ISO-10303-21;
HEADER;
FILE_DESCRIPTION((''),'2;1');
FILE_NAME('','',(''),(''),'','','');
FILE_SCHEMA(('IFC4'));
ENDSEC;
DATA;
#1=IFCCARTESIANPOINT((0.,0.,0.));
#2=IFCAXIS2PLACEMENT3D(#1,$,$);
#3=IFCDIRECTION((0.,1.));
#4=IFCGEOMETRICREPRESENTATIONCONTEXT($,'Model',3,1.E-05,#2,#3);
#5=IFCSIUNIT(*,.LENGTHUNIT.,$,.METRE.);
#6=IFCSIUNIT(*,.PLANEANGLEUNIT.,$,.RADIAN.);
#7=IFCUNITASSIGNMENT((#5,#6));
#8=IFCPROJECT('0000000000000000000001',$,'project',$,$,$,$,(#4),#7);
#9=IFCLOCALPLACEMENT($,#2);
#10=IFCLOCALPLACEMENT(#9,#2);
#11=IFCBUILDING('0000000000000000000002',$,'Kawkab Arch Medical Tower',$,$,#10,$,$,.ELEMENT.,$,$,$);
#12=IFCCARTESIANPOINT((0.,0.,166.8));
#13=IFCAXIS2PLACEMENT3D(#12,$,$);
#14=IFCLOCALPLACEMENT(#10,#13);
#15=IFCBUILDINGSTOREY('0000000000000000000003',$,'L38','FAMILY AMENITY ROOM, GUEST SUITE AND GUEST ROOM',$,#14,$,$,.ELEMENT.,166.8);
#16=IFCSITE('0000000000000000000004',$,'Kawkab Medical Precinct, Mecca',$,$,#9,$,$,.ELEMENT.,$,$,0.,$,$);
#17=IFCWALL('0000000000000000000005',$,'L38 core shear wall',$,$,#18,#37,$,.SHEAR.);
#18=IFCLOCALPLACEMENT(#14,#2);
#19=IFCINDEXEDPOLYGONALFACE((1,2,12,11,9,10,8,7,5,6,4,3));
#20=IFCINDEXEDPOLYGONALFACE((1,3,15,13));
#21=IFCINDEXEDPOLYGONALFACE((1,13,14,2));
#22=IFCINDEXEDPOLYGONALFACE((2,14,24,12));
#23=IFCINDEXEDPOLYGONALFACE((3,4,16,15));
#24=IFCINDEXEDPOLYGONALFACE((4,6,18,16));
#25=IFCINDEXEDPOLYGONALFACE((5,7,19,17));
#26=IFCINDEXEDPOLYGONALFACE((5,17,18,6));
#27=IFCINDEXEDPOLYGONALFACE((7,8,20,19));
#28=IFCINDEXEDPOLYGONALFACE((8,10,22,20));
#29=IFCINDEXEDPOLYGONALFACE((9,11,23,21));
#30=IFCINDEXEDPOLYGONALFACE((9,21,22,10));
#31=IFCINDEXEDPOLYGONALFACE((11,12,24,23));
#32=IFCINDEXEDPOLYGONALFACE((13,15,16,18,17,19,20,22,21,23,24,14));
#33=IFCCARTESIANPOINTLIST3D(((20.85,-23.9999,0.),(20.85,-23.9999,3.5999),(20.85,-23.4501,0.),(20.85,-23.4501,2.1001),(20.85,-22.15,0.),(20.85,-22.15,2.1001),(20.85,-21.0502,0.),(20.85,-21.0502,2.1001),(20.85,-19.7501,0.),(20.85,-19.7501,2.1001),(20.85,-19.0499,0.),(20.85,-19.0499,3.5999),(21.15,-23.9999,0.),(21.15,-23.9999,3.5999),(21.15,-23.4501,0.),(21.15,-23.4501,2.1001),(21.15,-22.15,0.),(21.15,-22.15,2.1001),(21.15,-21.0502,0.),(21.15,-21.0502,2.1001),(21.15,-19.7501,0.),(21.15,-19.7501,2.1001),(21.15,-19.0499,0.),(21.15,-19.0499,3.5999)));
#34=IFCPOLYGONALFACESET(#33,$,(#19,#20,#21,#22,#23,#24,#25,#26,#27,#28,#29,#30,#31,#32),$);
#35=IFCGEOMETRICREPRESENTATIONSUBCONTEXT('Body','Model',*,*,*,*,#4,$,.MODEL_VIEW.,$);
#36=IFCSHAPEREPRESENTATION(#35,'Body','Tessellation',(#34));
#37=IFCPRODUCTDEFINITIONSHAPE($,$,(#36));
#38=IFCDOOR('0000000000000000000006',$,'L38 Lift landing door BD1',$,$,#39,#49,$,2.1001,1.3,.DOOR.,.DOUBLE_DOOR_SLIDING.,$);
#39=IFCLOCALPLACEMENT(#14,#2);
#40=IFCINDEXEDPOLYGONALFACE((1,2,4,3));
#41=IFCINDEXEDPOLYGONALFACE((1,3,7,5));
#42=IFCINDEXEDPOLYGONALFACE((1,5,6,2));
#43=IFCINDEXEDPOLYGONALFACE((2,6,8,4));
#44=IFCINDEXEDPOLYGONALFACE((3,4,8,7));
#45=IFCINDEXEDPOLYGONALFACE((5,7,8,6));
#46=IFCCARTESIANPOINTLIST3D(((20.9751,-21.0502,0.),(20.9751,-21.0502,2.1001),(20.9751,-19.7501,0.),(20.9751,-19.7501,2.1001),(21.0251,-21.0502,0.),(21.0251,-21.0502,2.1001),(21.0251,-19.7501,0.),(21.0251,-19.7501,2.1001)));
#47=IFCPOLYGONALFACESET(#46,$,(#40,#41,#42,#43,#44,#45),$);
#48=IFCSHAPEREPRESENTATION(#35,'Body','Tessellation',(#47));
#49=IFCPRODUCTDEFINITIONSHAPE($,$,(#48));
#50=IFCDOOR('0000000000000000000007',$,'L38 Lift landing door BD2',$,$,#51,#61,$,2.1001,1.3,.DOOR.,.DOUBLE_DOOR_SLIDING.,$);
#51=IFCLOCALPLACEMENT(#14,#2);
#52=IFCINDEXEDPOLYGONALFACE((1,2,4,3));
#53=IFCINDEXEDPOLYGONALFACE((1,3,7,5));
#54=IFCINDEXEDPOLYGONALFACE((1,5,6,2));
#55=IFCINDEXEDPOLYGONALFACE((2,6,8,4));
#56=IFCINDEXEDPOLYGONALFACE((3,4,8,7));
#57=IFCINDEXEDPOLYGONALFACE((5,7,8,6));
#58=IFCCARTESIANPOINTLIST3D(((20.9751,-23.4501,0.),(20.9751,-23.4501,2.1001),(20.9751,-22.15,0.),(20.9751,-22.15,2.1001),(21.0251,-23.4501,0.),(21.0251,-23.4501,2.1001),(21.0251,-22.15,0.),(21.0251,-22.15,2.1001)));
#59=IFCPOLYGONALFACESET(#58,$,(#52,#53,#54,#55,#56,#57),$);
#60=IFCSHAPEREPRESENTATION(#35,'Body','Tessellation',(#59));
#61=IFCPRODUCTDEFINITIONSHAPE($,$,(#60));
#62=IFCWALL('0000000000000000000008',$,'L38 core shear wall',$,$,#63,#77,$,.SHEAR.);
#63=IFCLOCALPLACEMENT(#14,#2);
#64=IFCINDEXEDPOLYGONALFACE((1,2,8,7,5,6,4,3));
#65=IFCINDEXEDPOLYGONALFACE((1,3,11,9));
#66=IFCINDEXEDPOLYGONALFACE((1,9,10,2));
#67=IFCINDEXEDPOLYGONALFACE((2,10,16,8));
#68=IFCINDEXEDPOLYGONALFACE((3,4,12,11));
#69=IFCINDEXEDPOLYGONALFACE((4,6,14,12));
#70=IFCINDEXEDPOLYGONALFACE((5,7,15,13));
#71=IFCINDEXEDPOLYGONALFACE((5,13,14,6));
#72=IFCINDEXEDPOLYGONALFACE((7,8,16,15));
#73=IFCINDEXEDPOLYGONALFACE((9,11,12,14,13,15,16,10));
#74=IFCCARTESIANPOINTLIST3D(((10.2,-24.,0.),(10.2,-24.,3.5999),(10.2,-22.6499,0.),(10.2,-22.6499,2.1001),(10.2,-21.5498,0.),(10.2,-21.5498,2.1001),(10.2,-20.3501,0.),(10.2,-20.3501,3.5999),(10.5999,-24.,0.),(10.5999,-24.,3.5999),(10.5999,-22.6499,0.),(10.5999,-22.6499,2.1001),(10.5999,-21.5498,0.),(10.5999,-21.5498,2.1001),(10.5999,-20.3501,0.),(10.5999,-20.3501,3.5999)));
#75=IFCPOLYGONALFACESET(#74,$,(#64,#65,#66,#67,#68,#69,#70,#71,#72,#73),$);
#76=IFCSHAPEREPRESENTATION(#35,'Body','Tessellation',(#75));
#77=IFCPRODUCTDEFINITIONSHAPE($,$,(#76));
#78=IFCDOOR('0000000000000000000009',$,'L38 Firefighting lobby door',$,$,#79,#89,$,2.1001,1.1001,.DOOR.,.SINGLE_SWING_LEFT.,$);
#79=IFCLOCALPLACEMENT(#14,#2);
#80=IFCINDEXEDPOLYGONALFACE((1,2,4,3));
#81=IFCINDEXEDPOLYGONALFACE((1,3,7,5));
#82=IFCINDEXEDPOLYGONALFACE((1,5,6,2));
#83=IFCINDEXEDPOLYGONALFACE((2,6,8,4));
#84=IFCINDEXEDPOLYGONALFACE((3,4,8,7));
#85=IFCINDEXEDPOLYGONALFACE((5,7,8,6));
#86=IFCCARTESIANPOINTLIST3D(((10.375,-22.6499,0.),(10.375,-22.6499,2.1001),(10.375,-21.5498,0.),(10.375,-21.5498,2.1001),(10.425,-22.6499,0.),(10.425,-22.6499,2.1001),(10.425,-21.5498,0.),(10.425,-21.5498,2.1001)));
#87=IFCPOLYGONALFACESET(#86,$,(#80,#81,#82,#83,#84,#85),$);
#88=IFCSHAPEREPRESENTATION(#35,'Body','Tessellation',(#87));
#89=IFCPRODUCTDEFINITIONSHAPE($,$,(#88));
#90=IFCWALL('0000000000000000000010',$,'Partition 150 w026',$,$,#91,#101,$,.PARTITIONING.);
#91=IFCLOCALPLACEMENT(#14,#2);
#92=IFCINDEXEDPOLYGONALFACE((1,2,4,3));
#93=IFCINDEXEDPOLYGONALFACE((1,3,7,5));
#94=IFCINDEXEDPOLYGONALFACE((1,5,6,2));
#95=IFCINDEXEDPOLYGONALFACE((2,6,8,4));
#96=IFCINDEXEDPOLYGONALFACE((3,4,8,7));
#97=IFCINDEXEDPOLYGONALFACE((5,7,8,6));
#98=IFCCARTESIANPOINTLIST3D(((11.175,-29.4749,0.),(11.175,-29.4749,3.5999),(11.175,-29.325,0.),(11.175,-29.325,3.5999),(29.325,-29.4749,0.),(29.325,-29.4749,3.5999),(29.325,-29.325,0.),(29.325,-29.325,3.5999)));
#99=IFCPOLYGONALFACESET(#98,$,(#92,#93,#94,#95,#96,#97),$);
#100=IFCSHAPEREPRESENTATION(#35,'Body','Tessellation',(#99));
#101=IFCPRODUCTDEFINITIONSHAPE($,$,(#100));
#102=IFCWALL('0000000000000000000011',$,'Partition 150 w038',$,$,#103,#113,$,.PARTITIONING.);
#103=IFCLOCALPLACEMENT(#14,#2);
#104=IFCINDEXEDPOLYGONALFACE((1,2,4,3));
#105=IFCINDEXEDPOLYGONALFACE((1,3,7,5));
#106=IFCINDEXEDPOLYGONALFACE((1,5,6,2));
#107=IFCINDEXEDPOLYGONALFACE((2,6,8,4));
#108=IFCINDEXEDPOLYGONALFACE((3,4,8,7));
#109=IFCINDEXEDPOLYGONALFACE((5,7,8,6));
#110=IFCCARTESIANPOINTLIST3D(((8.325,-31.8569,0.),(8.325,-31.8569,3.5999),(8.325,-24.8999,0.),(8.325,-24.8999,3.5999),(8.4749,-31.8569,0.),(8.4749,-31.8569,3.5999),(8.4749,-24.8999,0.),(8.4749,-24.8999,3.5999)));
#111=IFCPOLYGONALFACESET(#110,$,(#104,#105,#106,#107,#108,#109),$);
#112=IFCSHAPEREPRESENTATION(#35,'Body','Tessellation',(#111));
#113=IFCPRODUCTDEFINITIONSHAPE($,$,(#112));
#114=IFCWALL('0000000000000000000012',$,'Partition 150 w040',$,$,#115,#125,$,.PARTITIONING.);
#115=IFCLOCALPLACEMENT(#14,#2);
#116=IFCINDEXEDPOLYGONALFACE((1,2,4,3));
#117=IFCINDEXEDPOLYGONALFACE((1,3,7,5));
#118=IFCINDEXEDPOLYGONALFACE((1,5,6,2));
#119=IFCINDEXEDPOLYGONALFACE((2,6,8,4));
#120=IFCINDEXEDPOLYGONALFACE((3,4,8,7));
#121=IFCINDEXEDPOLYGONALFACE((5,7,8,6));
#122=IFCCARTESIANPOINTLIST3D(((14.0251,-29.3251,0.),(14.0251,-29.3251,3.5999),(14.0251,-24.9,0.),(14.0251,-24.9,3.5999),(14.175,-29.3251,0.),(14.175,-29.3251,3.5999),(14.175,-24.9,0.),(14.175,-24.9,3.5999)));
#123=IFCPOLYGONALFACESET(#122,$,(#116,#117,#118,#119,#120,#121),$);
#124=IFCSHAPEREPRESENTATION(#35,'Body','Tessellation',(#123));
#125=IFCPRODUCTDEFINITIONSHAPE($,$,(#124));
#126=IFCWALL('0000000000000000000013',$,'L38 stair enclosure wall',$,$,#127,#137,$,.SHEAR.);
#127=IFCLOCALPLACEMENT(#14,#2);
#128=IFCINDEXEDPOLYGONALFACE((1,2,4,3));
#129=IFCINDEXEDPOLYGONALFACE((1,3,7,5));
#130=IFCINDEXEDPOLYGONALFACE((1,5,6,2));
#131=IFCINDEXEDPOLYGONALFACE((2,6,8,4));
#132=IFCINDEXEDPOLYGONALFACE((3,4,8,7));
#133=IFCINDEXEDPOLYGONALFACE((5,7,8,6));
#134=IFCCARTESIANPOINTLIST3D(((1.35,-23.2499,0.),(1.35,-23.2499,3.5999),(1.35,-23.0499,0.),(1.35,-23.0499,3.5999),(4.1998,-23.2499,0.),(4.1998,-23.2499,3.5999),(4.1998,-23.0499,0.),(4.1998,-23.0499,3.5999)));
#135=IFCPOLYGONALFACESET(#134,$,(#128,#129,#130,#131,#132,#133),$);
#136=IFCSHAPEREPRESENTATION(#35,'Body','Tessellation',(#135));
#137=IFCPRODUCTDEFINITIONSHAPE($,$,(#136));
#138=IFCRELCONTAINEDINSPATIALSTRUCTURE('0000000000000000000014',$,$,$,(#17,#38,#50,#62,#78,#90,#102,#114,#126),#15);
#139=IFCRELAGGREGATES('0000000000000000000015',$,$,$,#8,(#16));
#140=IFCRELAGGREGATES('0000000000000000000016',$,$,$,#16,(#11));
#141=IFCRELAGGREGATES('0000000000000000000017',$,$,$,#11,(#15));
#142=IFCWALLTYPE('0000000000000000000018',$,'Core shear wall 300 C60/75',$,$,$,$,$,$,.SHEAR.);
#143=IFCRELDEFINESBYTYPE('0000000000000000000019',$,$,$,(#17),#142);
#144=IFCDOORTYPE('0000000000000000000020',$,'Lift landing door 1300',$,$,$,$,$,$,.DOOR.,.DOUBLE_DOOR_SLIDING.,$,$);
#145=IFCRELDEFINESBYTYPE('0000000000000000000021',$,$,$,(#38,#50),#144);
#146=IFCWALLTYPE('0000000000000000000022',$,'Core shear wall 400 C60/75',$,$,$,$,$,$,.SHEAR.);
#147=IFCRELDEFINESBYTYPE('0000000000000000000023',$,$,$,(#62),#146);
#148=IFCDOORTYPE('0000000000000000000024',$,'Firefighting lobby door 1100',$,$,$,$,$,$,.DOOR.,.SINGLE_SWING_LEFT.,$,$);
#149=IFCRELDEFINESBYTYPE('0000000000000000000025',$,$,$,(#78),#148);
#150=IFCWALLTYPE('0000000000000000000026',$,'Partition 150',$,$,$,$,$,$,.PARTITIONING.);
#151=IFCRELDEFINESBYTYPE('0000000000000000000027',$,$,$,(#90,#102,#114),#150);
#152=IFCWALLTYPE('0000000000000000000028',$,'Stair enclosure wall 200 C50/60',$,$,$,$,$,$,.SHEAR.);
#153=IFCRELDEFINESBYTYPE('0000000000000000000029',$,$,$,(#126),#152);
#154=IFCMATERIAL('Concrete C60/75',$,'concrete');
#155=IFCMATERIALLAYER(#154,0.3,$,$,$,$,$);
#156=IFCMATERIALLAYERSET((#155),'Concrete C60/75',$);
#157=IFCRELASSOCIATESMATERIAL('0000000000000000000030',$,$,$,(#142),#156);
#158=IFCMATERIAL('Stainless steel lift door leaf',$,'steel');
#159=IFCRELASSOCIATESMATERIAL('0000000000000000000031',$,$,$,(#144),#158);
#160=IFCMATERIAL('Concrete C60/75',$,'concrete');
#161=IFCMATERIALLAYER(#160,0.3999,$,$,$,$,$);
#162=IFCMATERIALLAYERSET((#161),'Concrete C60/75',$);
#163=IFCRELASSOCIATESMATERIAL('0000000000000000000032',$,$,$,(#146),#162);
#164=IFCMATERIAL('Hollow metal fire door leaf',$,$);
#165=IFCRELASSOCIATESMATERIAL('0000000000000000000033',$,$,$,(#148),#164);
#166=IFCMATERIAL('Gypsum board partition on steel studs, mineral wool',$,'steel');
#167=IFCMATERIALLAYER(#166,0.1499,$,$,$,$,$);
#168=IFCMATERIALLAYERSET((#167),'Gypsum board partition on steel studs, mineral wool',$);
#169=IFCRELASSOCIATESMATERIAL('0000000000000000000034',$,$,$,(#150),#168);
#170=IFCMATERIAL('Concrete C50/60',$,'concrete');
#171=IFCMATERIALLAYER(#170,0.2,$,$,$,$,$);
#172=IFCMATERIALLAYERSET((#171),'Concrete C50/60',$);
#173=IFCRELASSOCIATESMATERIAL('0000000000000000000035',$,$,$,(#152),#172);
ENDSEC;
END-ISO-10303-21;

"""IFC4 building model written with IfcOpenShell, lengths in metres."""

from ifc_helpers import new_model, si_unit, direction, frame, frame_2d, origin, place, context, subcontext, project, spatial, rectangle, extrude, material, layer, layer_set, type_object, element, fill, save


model = new_model("IFC4")

# Units and contexts
model_context = context("Model", 3, precision=1e-05, world=origin(), true_north=direction((0.0, 1.0)))
body_context = subcontext(model_context, "Body", "Model", "MODEL_VIEW")
ifc_project = project(units=[si_unit("LENGTHUNIT", "METRE"), si_unit("PLANEANGLEUNIT", "RADIAN")], contexts=[model_context])

# Site, building, storey
site_placement = place(None, origin())
site = spatial("IfcSite", under=ifc_project, at=site_placement, Name="Kawkab Medical Precinct, Mecca", CompositionType="ELEMENT", RefElevation=0.0)
building_placement = place(site_placement, origin())
building = spatial("IfcBuilding", under=site, at=building_placement, Name="Kawkab Arch Medical Tower", CompositionType="ELEMENT")
storey_placement = place(building_placement, frame((0.0, 0.0, 166.8)))
storey = spatial("IfcBuildingStorey", under=building, at=storey_placement, Name="L38", Description="FAMILY AMENITY ROOM, GUEST SUITE AND GUEST ROOM", CompositionType="ELEMENT", Elevation=166.8)

# Wall, openings, doors
ifc_material_1 = material(Name="Concrete C60/75", Category="concrete")
ifc_layer_1 = layer(ifc_material_1, 0.3)
ifc_layer_set_1 = layer_set([ifc_layer_1], Name="Concrete C60/75")
wall_type_1 = type_object("IfcWallType", Name="Core shear wall 300 C60/75", PredefinedType="SHEAR", material=ifc_layer_set_1)
wall_1_placement = place(storey_placement, frame((21.0, -24.0, 0.0), z_axis=(0.0, 0.0, 1.0), x_axis=(0.0, 1.0, 0.0)))
wall_1 = element("IfcWall", 1, at=wall_1_placement, inside=storey, type_object=wall_type_1, Name="L38 core shear wall", PredefinedType="SHEAR", context=body_context, shape_type="SweptSolid", body=[
    extrude(rectangle(XDim=4.95, YDim=0.3, at=frame_2d((2.4751, 0.0))), origin(), (0.0, 0.0, 1.0), 3.5999),
])
opening_1_placement = place(wall_1_placement, frame((2.95, 0.0, 0.0)))
opening_1 = element("IfcOpeningElement", 2, at=opening_1_placement, cuts=wall_1, PredefinedType="OPENING", context=body_context, shape_type="SweptSolid", body=[
    extrude(rectangle(XDim=1.3, YDim=2.1001, at=frame_2d((0.6499, 1.05))), frame((0.0, 0.1599, 0.0), z_axis=(0.0, -1.0, 0.0), x_axis=(1.0, 0.0, 0.0)), (0.0, 0.0, 1.0), 0.3201),
])
opening_2_placement = place(wall_1_placement, frame((0.55, 0.0, 0.0)))
opening_2 = element("IfcOpeningElement", 3, at=opening_2_placement, cuts=wall_1, PredefinedType="OPENING", context=body_context, shape_type="SweptSolid", body=[
    extrude(rectangle(XDim=1.3, YDim=2.1001, at=frame_2d((0.6499, 1.05))), frame((0.0, 0.1599, 0.0), z_axis=(0.0, -1.0, 0.0), x_axis=(1.0, 0.0, 0.0)), (0.0, 0.0, 1.0), 0.3201),
])
ifc_material_2 = material(Name="Stainless steel lift door leaf", Category="steel")
door_type_1 = type_object("IfcDoorType", Name="Lift landing door 1300", OperationType="DOUBLE_DOOR_SLIDING", PredefinedType="DOOR", material=ifc_material_2)
door_1_placement = place(opening_1_placement, origin())
door_1 = element("IfcDoor", 4, at=door_1_placement, inside=storey, type_object=door_type_1, Name="L38 Lift landing door BD1", OperationType="DOUBLE_DOOR_SLIDING", OverallHeight=2.1001, OverallWidth=1.3, PredefinedType="DOOR", context=body_context, shape_type="SweptSolid", body=[
    extrude(rectangle(XDim=1.3, YDim=2.1001, at=frame_2d((0.6499, 1.05))), frame((0.0, 0.0249, 0.0), z_axis=(0.0, -1.0, 0.0), x_axis=(1.0, 0.0, 0.0)), (0.0, 0.0, 1.0), 0.05),
])
fill(opening_1, door_1)
door_2_placement = place(opening_2_placement, origin())
door_2 = element("IfcDoor", 5, at=door_2_placement, inside=storey, type_object=door_type_1, Name="L38 Lift landing door BD2", OperationType="DOUBLE_DOOR_SLIDING", OverallHeight=2.1001, OverallWidth=1.3, PredefinedType="DOOR", context=body_context, shape_type="SweptSolid", body=[
    extrude(rectangle(XDim=1.3, YDim=2.1001, at=frame_2d((0.6499, 1.05))), frame((0.0, 0.0249, 0.0), z_axis=(0.0, -1.0, 0.0), x_axis=(1.0, 0.0, 0.0)), (0.0, 0.0, 1.0), 0.05),
])
fill(opening_2, door_2)

# Wall, opening, door
ifc_material_3 = material(Name="Concrete C60/75", Category="concrete")
ifc_layer_2 = layer(ifc_material_3, 0.3999)
ifc_layer_set_2 = layer_set([ifc_layer_2], Name="Concrete C60/75")
wall_type_2 = type_object("IfcWallType", Name="Core shear wall 400 C60/75", PredefinedType="SHEAR", material=ifc_layer_set_2)
wall_2_placement = place(storey_placement, frame((10.3999, -24.0, 0.0), z_axis=(0.0, 0.0, 1.0), x_axis=(0.0, 1.0, 0.0)))
wall_2 = element("IfcWall", 6, at=wall_2_placement, inside=storey, type_object=wall_type_2, Name="L38 core shear wall", PredefinedType="SHEAR", context=body_context, shape_type="SweptSolid", body=[
    extrude(rectangle(XDim=3.6499, YDim=0.3999, at=frame_2d((1.825, 0.0))), origin(), (0.0, 0.0, 1.0), 3.5999),
])
opening_3_placement = place(wall_2_placement, frame((1.3501, 0.0, 0.0)))
opening_3 = element("IfcOpeningElement", 7, at=opening_3_placement, cuts=wall_2, PredefinedType="OPENING", context=body_context, shape_type="SweptSolid", body=[
    extrude(rectangle(XDim=1.1001, YDim=2.1001, at=frame_2d((0.55, 1.05))), frame((0.0, 0.21, 0.0), z_axis=(0.0, -1.0, 0.0), x_axis=(1.0, 0.0, 0.0)), (0.0, 0.0, 1.0), 0.4199),
])
ifc_material_4 = material(Name="Hollow metal fire door leaf")
door_type_2 = type_object("IfcDoorType", Name="Firefighting lobby door 1100", OperationType="SINGLE_SWING_LEFT", PredefinedType="DOOR", material=ifc_material_4)
door_3_placement = place(opening_3_placement, origin())
door_3 = element("IfcDoor", 8, at=door_3_placement, inside=storey, type_object=door_type_2, Name="L38 Firefighting lobby door", OperationType="SINGLE_SWING_LEFT", OverallHeight=2.1001, OverallWidth=1.1001, PredefinedType="DOOR", context=body_context, shape_type="SweptSolid", body=[
    extrude(rectangle(XDim=1.1001, YDim=2.1001, at=frame_2d((0.55, 1.05))), frame((0.0, 0.0249, 0.0), z_axis=(0.0, -1.0, 0.0), x_axis=(1.0, 0.0, 0.0)), (0.0, 0.0, 1.0), 0.05),
])
fill(opening_3, door_3)

# Walls
ifc_material_5 = material(Name="Gypsum board partition on steel studs, mineral wool", Category="steel")
ifc_layer_3 = layer(ifc_material_5, 0.1499)
ifc_layer_set_3 = layer_set([ifc_layer_3], Name="Gypsum board partition on steel studs, mineral wool")
wall_type_3 = type_object("IfcWallType", Name="Partition 150", PredefinedType="PARTITIONING", material=ifc_layer_set_3)
wall_3_placement = place(storey_placement, frame((11.175, -29.3999, 0.0), z_axis=(0.0, 0.0, 1.0), x_axis=(1.0, 0.0, 0.0)))
element("IfcWall", 9, at=wall_3_placement, inside=storey, type_object=wall_type_3, Name="Partition 150 w026", PredefinedType="PARTITIONING", context=body_context, shape_type="SweptSolid", body=[
    extrude(rectangle(XDim=18.1499, YDim=0.1499, at=frame_2d((9.075, 0.0))), origin(), (0.0, 0.0, 1.0), 3.5999),
])
wall_4_placement = place(storey_placement, frame((8.3999, -31.8569, 0.0), z_axis=(0.0, 0.0, 1.0), x_axis=(0.0, 1.0, 0.0)))
element("IfcWall", 10, at=wall_4_placement, inside=storey, type_object=wall_type_3, Name="Partition 150 w038", PredefinedType="PARTITIONING", context=body_context, shape_type="SweptSolid", body=[
    extrude(rectangle(XDim=6.957, YDim=0.1499, at=frame_2d((3.4785, 0.0))), origin(), (0.0, 0.0, 1.0), 3.5999),
])
wall_5_placement = place(storey_placement, frame((14.1001, -29.325, 0.0), z_axis=(0.0, 0.0, 1.0), x_axis=(0.0, 1.0, 0.0)))
element("IfcWall", 11, at=wall_5_placement, inside=storey, type_object=wall_type_3, Name="Partition 150 w040", PredefinedType="PARTITIONING", context=body_context, shape_type="SweptSolid", body=[
    extrude(rectangle(XDim=4.425, YDim=0.1499, at=frame_2d((2.2124, 0.0))), origin(), (0.0, 0.0, 1.0), 3.5999),
])
ifc_material_6 = material(Name="Concrete C50/60", Category="concrete")
ifc_layer_4 = layer(ifc_material_6, 0.2)
ifc_layer_set_4 = layer_set([ifc_layer_4], Name="Concrete C50/60")
wall_type_4 = type_object("IfcWallType", Name="Stair enclosure wall 200 C50/60", PredefinedType="SHEAR", material=ifc_layer_set_4)
wall_6_placement = place(storey_placement, frame((1.3501, -23.1499, 0.0), z_axis=(0.0, 0.0, 1.0), x_axis=(1.0, 0.0, 0.0)))
element("IfcWall", 12, at=wall_6_placement, inside=storey, type_object=wall_type_4, Name="L38 stair enclosure wall", PredefinedType="SHEAR", context=body_context, shape_type="SweptSolid", body=[
    extrude(rectangle(XDim=2.8499, YDim=0.2, at=frame_2d((1.4248, 0.0))), origin(), (0.0, 0.0, 1.0), 3.5999),
])

save(model, "model.ifc")
